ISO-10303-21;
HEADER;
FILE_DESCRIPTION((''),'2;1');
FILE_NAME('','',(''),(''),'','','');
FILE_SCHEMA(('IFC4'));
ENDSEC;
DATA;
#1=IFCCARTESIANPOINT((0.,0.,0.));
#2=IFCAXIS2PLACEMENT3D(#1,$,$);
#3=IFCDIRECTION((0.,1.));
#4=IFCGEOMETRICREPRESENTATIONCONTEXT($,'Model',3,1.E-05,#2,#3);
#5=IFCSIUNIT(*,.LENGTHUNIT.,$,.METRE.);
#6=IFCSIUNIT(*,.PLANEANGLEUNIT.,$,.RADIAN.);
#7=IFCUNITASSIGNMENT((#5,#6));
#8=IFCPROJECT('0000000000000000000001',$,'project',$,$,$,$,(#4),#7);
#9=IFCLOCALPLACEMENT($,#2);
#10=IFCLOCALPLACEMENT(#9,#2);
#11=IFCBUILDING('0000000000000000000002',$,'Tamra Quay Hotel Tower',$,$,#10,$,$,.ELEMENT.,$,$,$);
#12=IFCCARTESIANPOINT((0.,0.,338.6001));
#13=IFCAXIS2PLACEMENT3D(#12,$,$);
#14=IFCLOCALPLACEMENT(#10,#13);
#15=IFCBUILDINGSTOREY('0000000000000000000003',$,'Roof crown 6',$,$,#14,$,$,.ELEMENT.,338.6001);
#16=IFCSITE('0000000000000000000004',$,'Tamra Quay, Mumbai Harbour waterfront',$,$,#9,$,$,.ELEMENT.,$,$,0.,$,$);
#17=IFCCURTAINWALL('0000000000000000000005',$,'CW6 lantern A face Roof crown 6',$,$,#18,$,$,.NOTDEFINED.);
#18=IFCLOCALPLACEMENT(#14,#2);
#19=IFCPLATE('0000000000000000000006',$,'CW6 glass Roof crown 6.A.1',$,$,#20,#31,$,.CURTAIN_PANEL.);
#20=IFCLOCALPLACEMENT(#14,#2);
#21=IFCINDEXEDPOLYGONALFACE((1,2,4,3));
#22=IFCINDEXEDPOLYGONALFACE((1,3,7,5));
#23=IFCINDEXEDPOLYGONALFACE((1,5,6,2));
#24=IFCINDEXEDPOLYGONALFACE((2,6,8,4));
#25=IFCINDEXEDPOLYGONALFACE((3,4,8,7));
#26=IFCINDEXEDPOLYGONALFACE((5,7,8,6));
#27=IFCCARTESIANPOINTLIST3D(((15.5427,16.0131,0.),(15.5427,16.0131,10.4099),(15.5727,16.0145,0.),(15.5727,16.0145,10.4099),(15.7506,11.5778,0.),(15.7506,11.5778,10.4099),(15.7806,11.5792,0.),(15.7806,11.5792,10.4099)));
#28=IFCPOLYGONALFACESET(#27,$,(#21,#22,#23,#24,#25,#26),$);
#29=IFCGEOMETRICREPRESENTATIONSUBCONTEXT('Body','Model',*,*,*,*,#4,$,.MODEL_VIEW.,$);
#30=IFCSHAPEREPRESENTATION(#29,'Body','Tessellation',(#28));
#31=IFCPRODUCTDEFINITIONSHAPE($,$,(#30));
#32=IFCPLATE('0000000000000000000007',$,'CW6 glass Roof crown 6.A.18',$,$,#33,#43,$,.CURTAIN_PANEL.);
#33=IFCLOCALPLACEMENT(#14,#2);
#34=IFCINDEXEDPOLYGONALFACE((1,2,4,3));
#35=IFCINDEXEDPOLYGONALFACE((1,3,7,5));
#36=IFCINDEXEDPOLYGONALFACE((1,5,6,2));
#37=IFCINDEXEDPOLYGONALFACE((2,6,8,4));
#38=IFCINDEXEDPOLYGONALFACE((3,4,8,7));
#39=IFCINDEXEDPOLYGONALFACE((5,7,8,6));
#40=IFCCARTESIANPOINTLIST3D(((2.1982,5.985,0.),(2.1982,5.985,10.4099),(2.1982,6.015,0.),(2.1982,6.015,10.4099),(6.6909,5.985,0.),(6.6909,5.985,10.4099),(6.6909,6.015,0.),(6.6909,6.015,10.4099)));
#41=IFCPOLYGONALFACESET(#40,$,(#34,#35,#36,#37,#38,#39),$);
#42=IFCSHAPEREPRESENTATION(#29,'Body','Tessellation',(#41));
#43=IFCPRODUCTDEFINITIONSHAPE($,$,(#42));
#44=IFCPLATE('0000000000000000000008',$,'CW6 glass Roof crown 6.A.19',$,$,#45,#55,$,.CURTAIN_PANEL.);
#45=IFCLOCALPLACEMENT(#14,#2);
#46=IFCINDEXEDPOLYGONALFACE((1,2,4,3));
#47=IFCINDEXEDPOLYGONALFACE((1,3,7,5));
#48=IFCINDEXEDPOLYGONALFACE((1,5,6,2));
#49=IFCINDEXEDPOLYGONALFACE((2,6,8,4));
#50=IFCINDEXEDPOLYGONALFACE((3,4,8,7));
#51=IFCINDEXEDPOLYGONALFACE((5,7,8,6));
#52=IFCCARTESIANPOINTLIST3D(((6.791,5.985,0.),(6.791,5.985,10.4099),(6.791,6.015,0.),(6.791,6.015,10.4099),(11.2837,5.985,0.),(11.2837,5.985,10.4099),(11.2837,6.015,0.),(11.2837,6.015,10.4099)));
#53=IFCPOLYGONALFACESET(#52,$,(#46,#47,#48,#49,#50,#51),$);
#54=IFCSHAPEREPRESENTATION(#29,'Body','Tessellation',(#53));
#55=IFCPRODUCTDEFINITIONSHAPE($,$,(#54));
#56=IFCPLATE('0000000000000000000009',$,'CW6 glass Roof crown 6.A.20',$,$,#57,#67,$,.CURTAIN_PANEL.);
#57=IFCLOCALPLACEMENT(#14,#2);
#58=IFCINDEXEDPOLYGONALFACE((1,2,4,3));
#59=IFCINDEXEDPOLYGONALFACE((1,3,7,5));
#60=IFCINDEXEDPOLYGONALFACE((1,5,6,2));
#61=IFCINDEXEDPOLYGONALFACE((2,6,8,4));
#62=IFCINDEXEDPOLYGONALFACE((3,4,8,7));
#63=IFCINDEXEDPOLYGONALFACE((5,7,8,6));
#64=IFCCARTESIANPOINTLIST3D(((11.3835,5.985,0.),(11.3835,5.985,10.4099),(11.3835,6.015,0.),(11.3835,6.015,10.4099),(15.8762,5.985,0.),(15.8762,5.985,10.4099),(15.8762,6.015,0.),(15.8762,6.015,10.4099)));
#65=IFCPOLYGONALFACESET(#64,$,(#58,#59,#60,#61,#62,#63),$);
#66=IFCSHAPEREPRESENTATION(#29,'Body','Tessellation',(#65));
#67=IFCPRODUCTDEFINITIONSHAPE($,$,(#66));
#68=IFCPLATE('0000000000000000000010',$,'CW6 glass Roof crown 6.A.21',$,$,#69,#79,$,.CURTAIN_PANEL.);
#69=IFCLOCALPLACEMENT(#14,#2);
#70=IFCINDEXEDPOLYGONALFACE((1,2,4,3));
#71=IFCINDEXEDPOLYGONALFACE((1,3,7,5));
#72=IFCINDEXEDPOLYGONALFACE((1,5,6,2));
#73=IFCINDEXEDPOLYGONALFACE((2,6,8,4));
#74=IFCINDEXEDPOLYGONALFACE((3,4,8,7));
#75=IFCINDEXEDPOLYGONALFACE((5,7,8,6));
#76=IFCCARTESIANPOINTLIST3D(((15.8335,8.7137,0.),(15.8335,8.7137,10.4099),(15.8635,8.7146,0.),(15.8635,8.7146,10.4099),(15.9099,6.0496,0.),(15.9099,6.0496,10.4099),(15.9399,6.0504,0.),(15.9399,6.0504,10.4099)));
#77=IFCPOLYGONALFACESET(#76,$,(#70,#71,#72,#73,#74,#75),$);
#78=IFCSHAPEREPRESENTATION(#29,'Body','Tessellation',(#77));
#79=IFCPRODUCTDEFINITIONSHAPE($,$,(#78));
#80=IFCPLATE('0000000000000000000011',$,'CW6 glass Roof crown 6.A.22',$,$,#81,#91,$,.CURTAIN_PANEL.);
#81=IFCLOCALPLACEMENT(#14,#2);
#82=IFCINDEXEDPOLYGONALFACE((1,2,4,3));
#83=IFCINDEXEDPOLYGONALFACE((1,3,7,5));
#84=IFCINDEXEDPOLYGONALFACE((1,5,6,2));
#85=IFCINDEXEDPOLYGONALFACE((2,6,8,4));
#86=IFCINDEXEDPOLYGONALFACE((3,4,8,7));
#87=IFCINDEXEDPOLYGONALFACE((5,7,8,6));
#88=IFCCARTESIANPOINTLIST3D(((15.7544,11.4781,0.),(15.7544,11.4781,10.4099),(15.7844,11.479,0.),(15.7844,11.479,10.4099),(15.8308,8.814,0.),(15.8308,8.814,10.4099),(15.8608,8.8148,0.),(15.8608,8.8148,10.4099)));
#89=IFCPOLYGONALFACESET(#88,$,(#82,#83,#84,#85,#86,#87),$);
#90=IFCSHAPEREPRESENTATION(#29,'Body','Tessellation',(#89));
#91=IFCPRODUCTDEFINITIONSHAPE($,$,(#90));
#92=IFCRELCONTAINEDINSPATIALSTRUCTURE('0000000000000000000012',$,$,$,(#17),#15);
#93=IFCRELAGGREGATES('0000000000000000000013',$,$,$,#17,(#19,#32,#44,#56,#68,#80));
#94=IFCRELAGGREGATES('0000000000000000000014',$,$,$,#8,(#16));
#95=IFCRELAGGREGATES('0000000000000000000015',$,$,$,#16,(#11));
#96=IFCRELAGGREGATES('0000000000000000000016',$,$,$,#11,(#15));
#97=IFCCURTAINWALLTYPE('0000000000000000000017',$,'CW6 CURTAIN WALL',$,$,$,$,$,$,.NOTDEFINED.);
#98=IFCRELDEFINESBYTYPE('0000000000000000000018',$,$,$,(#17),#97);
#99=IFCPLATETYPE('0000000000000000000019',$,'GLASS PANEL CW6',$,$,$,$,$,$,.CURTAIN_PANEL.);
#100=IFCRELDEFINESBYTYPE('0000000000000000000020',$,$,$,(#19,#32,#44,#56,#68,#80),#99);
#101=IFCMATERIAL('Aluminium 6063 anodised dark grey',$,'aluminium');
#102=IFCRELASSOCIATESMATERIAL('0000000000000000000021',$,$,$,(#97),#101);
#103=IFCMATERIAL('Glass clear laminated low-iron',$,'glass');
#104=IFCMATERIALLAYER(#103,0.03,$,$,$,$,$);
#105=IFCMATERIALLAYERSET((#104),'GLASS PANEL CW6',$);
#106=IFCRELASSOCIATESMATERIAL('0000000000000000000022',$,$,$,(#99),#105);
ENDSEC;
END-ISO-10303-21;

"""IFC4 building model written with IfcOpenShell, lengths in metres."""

from ifc_helpers import new_model, si_unit, direction, frame, origin, origin_2d, place, context, subcontext, project, spatial, rectangle, extrude, material, layer, layer_set, type_object, element, aggregate, save


model = new_model("IFC4")

# Units and contexts
model_context = context("Model", 3, precision=1e-05, world=origin(), true_north=direction((0.0, 1.0)))
body_context = subcontext(model_context, "Body", "Model", "MODEL_VIEW")
ifc_project = project(units=[si_unit("LENGTHUNIT", "METRE"), si_unit("PLANEANGLEUNIT", "RADIAN")], contexts=[model_context])

# Site, building, storey
site_placement = place(None, origin())
site = spatial("IfcSite", under=ifc_project, at=site_placement, Name="Tamra Quay, Mumbai Harbour waterfront", CompositionType="ELEMENT", RefElevation=0.0)
building_placement = place(site_placement, origin())
building = spatial("IfcBuilding", under=site, at=building_placement, Name="Tamra Quay Hotel Tower", CompositionType="ELEMENT")
storey_placement = place(building_placement, frame((0.0, 0.0, 338.6001)))
storey = spatial("IfcBuildingStorey", under=building, at=storey_placement, Name="Roof crown 6", CompositionType="ELEMENT", Elevation=338.6001)

# Curtain wall, plates
ifc_material_1 = material(Name="Aluminium 6063 anodised dark grey", Category="aluminium")
curtain_wall_type = type_object("IfcCurtainWallType", Name="CW6 CURTAIN WALL", PredefinedType="NOTDEFINED", material=ifc_material_1)
curtain_wall_placement = place(storey_placement, origin())
curtain_wall = element("IfcCurtainWall", 1, at=curtain_wall_placement, inside=storey, type_object=curtain_wall_type, Name="CW6 lantern A face Roof crown 6", PredefinedType="NOTDEFINED")
ifc_material_2 = material(Name="Glass clear laminated low-iron", Category="glass")
ifc_layer = layer(ifc_material_2, 0.03)
ifc_layer_set = layer_set([ifc_layer], Name="GLASS PANEL CW6")
plate_type = type_object("IfcPlateType", Name="GLASS PANEL CW6", PredefinedType="CURTAIN_PANEL", material=ifc_layer_set)
plate_1_placement = place(storey_placement, frame((15.6616, 13.7961, 0.0), z_axis=(0.0, 0.0, 1.0), x_axis=(-0.046821, 0.998903, 0.0)))
plate_1 = element("IfcPlate", 2, at=plate_1_placement, type_object=plate_type, Name="CW6 glass Roof crown 6.A.1", PredefinedType="CURTAIN_PANEL", context=body_context, shape_type="SweptSolid", body=[
    extrude(rectangle(XDim=4.4402, YDim=0.03, at=origin_2d()), origin(), (0.0, 0.0, 1.0), 10.4099),
])
plate_2_placement = place(storey_placement, frame((4.4446, 6.0, 0.0), z_axis=(0.0, 0.0, 1.0), x_axis=(1.0, 0.0, 0.0)))
plate_2 = element("IfcPlate", 3, at=plate_2_placement, type_object=plate_type, Name="CW6 glass Roof crown 6.A.18", PredefinedType="CURTAIN_PANEL", context=body_context, shape_type="SweptSolid", body=[
    extrude(rectangle(XDim=4.4927, YDim=0.03, at=origin_2d()), origin(), (0.0, 0.0, 1.0), 10.4099),
])
plate_3_placement = place(storey_placement, frame((9.0374, 6.0, 0.0), z_axis=(0.0, 0.0, 1.0), x_axis=(1.0, 0.0, 0.0)))
plate_3 = element("IfcPlate", 4, at=plate_3_placement, type_object=plate_type, Name="CW6 glass Roof crown 6.A.19", PredefinedType="CURTAIN_PANEL", context=body_context, shape_type="SweptSolid", body=[
    extrude(rectangle(XDim=4.4927, YDim=0.03, at=origin_2d()), origin(), (0.0, 0.0, 1.0), 10.4099),
])
plate_4_placement = place(storey_placement, frame((13.6299, 6.0, 0.0), z_axis=(0.0, 0.0, 1.0), x_axis=(1.0, 0.0, 0.0)))
plate_4 = element("IfcPlate", 5, at=plate_4_placement, type_object=plate_type, Name="CW6 glass Roof crown 6.A.20", PredefinedType="CURTAIN_PANEL", context=body_context, shape_type="SweptSolid", body=[
    extrude(rectangle(XDim=4.4927, YDim=0.03, at=origin_2d()), origin(), (0.0, 0.0, 1.0), 10.4099),
])
plate_5_placement = place(storey_placement, frame((15.8867, 7.3821, 0.0), z_axis=(0.0, 0.0, 1.0), x_axis=(-0.02865, 0.99959, 0.0)))
plate_5 = element("IfcPlate", 6, at=plate_5_placement, type_object=plate_type, Name="CW6 glass Roof crown 6.A.21", PredefinedType="CURTAIN_PANEL", context=body_context, shape_type="SweptSolid", body=[
    extrude(rectangle(XDim=2.6653, YDim=0.03, at=origin_2d()), origin(), (0.0, 0.0, 1.0), 10.4099),
])
plate_6_placement = place(storey_placement, frame((15.8076, 10.1465, 0.0), z_axis=(0.0, 0.0, 1.0), x_axis=(-0.02865, 0.99959, 0.0)))
plate_6 = element("IfcPlate", 7, at=plate_6_placement, type_object=plate_type, Name="CW6 glass Roof crown 6.A.22", PredefinedType="CURTAIN_PANEL", context=body_context, shape_type="SweptSolid", body=[
    extrude(rectangle(XDim=2.6653, YDim=0.03, at=origin_2d()), origin(), (0.0, 0.0, 1.0), 10.4099),
])
aggregate(curtain_wall, [plate_1, plate_2, plate_3, plate_4, plate_5, plate_6])

save(model, "model.ifc")
